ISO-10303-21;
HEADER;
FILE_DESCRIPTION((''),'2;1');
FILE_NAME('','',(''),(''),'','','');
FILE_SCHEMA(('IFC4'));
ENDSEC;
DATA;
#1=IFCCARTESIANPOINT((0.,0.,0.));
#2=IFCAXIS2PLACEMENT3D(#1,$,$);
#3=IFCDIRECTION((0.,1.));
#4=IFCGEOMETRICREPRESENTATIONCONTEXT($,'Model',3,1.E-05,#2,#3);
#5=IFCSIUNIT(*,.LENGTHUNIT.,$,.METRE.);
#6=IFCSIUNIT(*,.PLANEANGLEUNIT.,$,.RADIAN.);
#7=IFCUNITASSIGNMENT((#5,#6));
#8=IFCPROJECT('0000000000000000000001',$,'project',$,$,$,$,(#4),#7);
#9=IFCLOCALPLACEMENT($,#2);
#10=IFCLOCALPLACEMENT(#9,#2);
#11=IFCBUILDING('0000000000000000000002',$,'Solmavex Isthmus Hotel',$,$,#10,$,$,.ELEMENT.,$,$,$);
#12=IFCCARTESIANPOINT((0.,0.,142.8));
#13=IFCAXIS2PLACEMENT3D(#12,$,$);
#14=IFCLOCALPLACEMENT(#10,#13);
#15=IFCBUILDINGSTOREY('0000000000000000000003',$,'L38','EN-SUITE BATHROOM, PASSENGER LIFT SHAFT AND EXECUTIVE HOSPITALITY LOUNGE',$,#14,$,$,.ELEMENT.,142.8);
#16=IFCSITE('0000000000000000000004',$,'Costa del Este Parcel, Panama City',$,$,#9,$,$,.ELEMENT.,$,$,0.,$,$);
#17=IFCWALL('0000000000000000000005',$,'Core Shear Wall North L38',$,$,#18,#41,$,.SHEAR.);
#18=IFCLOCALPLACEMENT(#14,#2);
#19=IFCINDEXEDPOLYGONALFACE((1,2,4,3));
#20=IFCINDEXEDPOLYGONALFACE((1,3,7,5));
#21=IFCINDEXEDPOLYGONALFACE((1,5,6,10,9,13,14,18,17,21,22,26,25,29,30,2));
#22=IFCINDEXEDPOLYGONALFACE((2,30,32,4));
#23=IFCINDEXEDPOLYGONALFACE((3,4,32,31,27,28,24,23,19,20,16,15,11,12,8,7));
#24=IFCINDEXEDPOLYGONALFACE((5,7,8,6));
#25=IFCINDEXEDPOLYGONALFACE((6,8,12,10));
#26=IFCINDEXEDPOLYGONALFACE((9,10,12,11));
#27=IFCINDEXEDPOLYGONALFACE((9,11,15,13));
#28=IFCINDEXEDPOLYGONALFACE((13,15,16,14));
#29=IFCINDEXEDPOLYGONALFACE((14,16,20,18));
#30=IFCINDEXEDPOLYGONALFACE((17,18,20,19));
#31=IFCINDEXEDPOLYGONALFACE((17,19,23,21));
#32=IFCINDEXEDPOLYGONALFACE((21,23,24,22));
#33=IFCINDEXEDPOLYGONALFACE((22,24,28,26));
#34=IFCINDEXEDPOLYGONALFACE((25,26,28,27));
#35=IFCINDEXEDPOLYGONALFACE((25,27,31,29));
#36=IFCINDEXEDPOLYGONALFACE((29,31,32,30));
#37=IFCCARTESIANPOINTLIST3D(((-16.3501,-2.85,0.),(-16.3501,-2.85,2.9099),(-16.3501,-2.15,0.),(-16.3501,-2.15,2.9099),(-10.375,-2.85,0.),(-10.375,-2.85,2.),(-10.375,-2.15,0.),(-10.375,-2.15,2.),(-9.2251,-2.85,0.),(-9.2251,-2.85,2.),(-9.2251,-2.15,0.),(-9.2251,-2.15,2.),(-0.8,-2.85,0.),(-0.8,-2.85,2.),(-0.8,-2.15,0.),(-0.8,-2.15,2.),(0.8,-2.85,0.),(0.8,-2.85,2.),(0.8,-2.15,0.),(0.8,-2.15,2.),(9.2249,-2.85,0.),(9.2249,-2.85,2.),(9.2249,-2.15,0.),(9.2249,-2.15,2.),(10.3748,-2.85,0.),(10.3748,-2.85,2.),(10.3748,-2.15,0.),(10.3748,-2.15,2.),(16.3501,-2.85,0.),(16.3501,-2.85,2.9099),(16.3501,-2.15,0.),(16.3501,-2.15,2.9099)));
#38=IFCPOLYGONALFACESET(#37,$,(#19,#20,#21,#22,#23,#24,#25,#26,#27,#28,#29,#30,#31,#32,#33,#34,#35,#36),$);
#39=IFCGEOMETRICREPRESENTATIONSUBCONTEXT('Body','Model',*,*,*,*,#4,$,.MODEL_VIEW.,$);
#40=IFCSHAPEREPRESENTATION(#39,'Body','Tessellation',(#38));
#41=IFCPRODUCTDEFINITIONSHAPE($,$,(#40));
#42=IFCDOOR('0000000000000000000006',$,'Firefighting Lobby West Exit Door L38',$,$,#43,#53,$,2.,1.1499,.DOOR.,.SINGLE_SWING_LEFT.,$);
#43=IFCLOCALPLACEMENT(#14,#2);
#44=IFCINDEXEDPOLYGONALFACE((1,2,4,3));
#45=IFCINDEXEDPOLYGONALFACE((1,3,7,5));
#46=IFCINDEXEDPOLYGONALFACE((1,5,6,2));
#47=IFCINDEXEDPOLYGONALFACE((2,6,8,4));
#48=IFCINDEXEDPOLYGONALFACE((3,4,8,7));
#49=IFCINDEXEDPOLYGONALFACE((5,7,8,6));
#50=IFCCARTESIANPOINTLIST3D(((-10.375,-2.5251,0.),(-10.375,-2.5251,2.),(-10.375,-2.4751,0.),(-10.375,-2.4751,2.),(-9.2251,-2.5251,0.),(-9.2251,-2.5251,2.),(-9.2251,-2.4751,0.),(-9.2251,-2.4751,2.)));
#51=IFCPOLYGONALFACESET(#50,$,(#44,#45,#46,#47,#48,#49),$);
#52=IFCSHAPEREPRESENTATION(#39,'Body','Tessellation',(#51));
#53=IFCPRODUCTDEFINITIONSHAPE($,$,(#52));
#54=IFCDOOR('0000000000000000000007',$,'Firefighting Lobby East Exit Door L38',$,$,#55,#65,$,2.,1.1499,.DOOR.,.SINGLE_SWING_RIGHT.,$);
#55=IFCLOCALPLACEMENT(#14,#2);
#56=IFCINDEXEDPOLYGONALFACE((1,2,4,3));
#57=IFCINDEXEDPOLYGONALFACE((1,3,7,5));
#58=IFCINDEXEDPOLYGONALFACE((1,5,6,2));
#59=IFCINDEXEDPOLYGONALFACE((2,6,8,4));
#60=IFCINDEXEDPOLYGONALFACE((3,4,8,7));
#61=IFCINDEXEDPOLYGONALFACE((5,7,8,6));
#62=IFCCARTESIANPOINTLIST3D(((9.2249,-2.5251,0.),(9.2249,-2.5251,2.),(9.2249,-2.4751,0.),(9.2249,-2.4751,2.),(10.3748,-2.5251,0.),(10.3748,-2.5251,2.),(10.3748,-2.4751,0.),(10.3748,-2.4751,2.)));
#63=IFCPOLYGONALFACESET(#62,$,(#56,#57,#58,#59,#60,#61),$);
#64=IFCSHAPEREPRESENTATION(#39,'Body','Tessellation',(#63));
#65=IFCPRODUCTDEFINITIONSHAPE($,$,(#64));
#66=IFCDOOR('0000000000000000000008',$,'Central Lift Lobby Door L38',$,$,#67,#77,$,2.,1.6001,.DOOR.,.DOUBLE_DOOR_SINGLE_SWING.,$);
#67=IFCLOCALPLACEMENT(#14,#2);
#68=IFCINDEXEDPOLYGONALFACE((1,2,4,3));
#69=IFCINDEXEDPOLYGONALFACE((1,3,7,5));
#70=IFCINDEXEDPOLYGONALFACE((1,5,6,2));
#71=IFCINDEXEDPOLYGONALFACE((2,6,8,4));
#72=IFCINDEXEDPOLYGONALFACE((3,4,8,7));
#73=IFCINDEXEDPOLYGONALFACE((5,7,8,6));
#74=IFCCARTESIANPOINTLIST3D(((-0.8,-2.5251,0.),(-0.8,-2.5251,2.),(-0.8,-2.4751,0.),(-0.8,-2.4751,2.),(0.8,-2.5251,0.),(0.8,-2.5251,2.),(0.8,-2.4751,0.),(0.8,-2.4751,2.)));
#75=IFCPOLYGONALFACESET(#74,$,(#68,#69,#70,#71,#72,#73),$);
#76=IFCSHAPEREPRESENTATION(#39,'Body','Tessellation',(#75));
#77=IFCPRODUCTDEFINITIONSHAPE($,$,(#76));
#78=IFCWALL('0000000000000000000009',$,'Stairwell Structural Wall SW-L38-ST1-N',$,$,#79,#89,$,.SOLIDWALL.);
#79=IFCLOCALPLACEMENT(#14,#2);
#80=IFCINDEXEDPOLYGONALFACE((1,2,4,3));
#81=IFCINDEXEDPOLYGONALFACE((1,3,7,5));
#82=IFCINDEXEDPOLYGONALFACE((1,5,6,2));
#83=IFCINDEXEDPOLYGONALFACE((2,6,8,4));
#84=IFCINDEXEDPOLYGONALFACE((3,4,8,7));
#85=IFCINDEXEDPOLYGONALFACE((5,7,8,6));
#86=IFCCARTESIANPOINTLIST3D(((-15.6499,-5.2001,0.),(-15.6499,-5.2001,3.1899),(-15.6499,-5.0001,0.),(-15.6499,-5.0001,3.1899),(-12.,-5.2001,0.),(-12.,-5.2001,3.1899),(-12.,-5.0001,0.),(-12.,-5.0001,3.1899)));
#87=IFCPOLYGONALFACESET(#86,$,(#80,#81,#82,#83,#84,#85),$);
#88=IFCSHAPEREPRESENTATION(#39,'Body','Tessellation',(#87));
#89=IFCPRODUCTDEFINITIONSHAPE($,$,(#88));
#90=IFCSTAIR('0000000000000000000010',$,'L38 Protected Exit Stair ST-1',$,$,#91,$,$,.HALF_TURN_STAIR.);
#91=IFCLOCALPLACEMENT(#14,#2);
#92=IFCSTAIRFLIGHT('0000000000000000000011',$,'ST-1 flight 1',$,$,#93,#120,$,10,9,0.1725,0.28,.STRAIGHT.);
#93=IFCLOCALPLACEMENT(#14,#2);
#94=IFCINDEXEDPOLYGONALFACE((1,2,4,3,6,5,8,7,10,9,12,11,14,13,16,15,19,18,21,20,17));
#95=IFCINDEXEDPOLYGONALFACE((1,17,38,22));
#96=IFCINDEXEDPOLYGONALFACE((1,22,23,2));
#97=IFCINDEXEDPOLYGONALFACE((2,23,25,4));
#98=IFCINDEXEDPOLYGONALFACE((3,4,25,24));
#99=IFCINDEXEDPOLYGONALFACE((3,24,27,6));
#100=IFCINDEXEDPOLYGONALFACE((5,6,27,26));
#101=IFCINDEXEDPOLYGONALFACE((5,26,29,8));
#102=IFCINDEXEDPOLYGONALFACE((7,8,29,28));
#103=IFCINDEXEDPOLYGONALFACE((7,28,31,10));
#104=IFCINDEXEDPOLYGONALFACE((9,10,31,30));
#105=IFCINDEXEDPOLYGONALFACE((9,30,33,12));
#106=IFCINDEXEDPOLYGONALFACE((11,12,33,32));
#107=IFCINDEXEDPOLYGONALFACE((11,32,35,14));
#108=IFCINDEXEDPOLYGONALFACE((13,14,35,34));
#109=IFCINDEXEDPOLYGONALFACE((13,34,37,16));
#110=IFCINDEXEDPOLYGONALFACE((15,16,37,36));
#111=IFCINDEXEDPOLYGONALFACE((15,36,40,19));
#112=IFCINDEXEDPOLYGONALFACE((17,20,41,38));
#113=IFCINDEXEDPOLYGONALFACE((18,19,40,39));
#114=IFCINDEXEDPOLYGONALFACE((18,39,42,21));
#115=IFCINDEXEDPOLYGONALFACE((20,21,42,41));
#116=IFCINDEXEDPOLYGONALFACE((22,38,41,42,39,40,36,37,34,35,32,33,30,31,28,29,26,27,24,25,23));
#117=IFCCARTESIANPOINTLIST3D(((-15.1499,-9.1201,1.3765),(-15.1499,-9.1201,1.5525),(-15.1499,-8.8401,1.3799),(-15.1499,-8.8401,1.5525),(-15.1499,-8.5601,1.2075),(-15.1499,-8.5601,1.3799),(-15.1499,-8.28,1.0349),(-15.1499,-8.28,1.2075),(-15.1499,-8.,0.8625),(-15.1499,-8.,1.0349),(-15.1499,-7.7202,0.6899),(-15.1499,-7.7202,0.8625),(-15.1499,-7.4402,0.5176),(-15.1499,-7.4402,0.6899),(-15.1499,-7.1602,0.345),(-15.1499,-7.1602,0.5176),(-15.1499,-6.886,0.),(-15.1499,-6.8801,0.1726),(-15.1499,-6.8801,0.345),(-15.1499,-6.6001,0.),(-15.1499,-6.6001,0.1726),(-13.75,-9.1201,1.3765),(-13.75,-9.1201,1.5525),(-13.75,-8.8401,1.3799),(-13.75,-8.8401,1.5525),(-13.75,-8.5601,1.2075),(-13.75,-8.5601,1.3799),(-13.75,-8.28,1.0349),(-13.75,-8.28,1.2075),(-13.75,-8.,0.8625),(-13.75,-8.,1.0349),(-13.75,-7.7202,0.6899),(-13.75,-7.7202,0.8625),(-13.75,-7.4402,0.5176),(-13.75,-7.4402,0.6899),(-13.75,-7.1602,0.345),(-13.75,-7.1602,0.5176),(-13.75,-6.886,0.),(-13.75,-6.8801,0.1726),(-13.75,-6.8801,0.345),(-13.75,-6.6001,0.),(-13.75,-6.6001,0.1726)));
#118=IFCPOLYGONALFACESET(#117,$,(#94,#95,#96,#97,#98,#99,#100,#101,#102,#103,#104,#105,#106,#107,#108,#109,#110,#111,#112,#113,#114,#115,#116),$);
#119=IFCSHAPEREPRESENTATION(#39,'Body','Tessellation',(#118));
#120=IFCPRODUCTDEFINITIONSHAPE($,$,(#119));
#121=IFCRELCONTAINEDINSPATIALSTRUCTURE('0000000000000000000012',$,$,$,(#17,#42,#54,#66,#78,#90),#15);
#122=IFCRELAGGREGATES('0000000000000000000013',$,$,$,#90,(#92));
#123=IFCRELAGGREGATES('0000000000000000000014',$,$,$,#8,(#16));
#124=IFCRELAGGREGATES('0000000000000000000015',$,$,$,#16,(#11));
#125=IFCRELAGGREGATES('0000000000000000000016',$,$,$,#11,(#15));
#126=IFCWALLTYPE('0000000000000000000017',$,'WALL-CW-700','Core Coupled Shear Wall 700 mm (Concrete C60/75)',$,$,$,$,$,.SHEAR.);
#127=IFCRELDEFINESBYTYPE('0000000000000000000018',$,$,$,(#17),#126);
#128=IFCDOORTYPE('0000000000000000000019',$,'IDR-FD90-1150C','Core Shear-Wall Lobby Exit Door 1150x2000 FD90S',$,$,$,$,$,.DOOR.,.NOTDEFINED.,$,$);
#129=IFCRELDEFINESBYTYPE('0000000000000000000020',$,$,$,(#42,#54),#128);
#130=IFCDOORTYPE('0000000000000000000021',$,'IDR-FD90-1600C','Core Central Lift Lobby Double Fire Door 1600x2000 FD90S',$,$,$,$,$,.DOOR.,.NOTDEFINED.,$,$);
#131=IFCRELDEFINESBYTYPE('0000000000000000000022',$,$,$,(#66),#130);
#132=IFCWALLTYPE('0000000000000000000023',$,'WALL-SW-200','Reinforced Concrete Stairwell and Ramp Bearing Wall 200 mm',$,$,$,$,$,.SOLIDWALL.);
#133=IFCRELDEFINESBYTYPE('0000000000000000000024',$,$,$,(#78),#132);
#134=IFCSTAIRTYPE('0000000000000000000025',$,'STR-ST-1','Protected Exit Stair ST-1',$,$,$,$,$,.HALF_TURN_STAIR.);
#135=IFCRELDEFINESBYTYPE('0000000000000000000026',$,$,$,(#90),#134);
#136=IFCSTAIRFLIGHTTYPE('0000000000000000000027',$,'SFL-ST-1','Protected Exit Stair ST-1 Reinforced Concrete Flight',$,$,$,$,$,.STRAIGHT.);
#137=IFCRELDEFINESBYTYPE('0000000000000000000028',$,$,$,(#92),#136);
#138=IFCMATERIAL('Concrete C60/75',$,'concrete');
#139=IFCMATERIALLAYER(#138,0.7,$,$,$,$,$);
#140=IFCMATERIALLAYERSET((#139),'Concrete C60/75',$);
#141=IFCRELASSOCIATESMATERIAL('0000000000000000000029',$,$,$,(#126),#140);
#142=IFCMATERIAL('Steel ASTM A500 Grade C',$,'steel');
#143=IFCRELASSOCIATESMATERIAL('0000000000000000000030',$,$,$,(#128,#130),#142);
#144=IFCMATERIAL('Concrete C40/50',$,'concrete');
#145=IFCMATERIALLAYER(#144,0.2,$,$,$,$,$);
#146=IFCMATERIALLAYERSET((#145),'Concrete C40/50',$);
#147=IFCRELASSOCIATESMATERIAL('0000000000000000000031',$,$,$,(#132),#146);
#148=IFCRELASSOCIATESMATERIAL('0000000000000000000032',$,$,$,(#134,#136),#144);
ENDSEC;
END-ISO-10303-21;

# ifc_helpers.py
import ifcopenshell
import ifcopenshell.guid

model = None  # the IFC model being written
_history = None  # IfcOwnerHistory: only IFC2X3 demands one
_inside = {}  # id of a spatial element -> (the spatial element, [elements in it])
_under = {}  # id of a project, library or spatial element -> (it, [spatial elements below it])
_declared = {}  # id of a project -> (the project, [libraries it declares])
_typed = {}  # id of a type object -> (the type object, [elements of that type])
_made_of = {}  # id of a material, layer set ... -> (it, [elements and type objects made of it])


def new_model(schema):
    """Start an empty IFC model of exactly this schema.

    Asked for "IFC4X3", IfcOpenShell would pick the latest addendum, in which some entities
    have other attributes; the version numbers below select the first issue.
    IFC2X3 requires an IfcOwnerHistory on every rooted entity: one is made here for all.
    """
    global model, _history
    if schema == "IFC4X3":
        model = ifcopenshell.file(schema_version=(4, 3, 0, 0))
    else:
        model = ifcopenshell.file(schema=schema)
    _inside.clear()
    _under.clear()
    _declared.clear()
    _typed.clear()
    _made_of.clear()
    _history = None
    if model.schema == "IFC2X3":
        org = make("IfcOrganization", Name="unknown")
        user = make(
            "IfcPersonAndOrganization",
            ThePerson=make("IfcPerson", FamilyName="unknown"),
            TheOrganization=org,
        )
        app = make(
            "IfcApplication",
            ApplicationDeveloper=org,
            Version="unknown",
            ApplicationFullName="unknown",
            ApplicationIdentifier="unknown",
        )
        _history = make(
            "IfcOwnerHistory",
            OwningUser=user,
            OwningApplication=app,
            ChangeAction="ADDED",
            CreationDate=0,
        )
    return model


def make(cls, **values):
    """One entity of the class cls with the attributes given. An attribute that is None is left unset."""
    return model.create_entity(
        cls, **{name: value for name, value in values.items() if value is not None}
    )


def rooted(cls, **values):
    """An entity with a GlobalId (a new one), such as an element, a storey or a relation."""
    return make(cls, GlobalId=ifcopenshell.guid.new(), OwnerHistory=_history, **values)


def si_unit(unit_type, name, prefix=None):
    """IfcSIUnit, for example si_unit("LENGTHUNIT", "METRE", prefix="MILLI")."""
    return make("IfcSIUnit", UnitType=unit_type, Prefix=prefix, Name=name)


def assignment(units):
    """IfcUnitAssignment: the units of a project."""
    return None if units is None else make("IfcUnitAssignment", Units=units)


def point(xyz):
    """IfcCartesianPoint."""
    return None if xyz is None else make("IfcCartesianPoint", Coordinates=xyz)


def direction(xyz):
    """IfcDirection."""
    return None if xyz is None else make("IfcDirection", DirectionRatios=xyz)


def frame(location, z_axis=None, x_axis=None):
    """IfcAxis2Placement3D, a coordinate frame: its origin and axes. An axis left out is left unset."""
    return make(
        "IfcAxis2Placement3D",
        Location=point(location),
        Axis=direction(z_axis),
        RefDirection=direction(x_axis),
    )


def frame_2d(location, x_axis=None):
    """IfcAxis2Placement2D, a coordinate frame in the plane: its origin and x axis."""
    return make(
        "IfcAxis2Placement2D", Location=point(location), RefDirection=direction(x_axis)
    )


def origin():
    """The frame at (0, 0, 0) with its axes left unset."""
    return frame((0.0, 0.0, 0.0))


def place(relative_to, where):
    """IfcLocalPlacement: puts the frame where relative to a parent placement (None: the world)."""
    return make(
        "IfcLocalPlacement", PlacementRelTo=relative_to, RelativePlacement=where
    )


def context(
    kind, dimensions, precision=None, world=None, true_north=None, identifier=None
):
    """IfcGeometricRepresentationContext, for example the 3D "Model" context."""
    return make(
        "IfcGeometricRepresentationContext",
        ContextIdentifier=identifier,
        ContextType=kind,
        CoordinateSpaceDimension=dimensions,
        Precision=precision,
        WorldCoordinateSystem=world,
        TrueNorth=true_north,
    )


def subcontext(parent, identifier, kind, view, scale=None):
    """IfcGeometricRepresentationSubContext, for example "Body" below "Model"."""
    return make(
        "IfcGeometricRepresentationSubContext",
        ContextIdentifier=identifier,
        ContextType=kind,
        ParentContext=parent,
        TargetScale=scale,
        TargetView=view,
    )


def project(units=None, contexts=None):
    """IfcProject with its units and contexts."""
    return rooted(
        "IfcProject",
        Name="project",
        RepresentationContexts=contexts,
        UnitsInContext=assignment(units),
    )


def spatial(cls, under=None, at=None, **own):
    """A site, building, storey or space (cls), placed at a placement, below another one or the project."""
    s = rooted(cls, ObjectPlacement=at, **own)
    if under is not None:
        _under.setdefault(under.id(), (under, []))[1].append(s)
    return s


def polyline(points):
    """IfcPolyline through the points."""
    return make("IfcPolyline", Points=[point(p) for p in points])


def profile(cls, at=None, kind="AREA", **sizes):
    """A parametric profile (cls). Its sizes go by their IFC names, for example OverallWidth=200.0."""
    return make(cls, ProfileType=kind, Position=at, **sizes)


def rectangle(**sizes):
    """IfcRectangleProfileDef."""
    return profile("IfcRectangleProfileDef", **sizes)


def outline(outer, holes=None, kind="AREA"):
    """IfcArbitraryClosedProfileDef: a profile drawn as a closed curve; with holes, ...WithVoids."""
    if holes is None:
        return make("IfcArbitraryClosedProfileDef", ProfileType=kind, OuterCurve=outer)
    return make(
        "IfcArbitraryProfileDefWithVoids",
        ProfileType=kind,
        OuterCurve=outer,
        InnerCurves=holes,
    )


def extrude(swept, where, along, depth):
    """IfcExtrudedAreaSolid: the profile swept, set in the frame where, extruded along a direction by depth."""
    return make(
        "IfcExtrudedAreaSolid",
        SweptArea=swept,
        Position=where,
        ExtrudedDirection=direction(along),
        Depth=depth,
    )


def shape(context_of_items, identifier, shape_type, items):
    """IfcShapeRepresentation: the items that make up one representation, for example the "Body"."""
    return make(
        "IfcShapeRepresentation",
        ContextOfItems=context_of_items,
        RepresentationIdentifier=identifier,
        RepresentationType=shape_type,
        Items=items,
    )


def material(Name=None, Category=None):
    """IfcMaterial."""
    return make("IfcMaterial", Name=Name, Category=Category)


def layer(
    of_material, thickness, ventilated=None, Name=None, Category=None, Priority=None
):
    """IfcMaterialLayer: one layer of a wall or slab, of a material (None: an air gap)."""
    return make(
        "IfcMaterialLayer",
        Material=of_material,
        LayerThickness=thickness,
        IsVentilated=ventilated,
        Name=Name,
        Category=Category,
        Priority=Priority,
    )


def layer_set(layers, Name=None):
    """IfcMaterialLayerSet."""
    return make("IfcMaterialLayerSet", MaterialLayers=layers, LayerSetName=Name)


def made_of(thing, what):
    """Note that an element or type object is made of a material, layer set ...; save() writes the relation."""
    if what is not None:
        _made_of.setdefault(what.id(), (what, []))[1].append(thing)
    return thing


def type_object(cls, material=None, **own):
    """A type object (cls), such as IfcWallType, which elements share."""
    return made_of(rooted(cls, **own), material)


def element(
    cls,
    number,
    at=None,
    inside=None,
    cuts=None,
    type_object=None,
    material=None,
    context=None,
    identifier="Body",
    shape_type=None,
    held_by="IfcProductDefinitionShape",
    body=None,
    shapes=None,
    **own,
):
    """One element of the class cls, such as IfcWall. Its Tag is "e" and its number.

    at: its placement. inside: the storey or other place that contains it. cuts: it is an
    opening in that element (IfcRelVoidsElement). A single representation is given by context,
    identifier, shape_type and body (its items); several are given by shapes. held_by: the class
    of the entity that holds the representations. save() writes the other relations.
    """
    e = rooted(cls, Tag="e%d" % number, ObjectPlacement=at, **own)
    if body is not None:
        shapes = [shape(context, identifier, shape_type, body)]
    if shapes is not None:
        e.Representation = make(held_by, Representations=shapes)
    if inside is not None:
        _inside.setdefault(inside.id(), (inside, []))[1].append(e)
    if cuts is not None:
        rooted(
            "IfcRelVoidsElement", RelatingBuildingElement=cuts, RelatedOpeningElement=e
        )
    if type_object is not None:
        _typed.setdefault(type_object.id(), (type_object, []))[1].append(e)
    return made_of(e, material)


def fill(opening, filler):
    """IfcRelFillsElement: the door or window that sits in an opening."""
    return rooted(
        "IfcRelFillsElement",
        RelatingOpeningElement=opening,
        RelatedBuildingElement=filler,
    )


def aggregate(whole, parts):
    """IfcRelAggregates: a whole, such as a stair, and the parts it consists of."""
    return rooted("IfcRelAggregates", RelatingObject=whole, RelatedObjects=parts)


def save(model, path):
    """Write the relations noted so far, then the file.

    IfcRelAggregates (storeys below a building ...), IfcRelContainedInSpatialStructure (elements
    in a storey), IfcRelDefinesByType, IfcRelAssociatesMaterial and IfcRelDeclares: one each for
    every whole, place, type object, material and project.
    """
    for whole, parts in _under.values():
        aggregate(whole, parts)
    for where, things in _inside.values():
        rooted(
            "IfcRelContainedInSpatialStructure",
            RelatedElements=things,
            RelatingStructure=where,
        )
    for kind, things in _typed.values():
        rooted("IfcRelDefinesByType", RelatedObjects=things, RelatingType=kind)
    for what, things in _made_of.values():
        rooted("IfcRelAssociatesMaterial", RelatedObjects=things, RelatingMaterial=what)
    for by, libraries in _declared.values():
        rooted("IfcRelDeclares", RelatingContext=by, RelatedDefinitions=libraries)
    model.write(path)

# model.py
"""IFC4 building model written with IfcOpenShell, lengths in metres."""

from ifc_helpers import new_model, si_unit, direction, frame, frame_2d, origin, place, context, subcontext, project, spatial, polyline, rectangle, outline, extrude, material, layer, layer_set, type_object, element, fill, aggregate, save


model = new_model("IFC4")

# Units and contexts
model_context = context("Model", 3, precision=1e-05, world=origin(), true_north=direction((0.0, 1.0)))
body_context = subcontext(model_context, "Body", "Model", "MODEL_VIEW")
ifc_project = project(units=[si_unit("LENGTHUNIT", "METRE"), si_unit("PLANEANGLEUNIT", "RADIAN")], contexts=[model_context])

# Site, building, storey
site_placement = place(None, origin())
site = spatial("IfcSite", under=ifc_project, at=site_placement, Name="Costa del Este Parcel, Panama City", CompositionType="ELEMENT", RefElevation=0.0)
building_placement = place(site_placement, origin())
building = spatial("IfcBuilding", under=site, at=building_placement, Name="Solmavex Isthmus Hotel", CompositionType="ELEMENT")
storey_placement = place(building_placement, frame((0.0, 0.0, 142.8)))
storey = spatial("IfcBuildingStorey", under=building, at=storey_placement, Name="L38", Description="EN-SUITE BATHROOM, PASSENGER LIFT SHAFT AND EXECUTIVE HOSPITALITY LOUNGE", CompositionType="ELEMENT", Elevation=142.8)

# Shared definitions
ifc_material_1 = material(Name="Concrete C60/75", Category="concrete")

# Wall, openings, doors
ifc_layer_1 = layer(ifc_material_1, 0.7)
ifc_layer_set_1 = layer_set([ifc_layer_1], Name="Concrete C60/75")
wall_type_1 = type_object("IfcWallType", Name="WALL-CW-700", Description="Core Coupled Shear Wall 700 mm (Concrete C60/75)", PredefinedType="SHEAR", material=ifc_layer_set_1)
wall_1_placement = place(storey_placement, frame((-16.3501, -2.5, 0.0), z_axis=(0.0, 0.0, 1.0), x_axis=(1.0, 0.0, 0.0)))
wall_1 = element("IfcWall", 1, at=wall_1_placement, inside=storey, type_object=wall_type_1, Name="Core Shear Wall North L38", PredefinedType="SHEAR", context=body_context, shape_type="SweptSolid", body=[
    extrude(rectangle(XDim=32.7002, YDim=0.7, at=frame_2d((16.3501, 0.0))), origin(), (0.0, 0.0, 1.0), 2.9099),
])
opening_1_placement = place(wall_1_placement, frame((5.9751, 0.0, 0.0)))
opening_1 = element("IfcOpeningElement", 2, at=opening_1_placement, cuts=wall_1, PredefinedType="OPENING", context=body_context, shape_type="SweptSolid", body=[
    extrude(rectangle(XDim=1.1499, YDim=2.0, at=frame_2d((0.575, 1.0))), frame((0.0, 0.3599, 0.0), z_axis=(0.0, -1.0, 0.0), x_axis=(1.0, 0.0, 0.0)), (0.0, 0.0, 1.0), 0.72),
])
opening_2_placement = place(wall_1_placement, frame((15.55, 0.0, 0.0)))
opening_2 = element("IfcOpeningElement", 3, at=opening_2_placement, cuts=wall_1, PredefinedType="OPENING", context=body_context, shape_type="SweptSolid", body=[
    extrude(rectangle(XDim=1.6001, YDim=2.0, at=frame_2d((0.8, 1.0))), frame((0.0, 0.3599, 0.0), z_axis=(0.0, -1.0, 0.0), x_axis=(1.0, 0.0, 0.0)), (0.0, 0.0, 1.0), 0.72),
])
opening_3_placement = place(wall_1_placement, frame((25.575, 0.0, 0.0)))
opening_3 = element("IfcOpeningElement", 4, at=opening_3_placement, cuts=wall_1, PredefinedType="OPENING", context=body_context, shape_type="SweptSolid", body=[
    extrude(rectangle(XDim=1.1499, YDim=2.0, at=frame_2d((0.575, 1.0))), frame((0.0, 0.3599, 0.0), z_axis=(0.0, -1.0, 0.0), x_axis=(1.0, 0.0, 0.0)), (0.0, 0.0, 1.0), 0.72),
])
ifc_material_2 = material(Name="Steel ASTM A500 Grade C", Category="steel")
door_type_1 = type_object("IfcDoorType", Name="IDR-FD90-1150C", Description="Core Shear-Wall Lobby Exit Door 1150x2000 FD90S", OperationType="NOTDEFINED", PredefinedType="DOOR", material=ifc_material_2)
door_1_placement = place(opening_1_placement, origin())
door_1 = element("IfcDoor", 5, at=door_1_placement, inside=storey, type_object=door_type_1, Name="Firefighting Lobby West Exit Door L38", OperationType="SINGLE_SWING_LEFT", OverallHeight=2.0, OverallWidth=1.1499, PredefinedType="DOOR", context=body_context, shape_type="SweptSolid", body=[
    extrude(rectangle(XDim=1.1499, YDim=2.0, at=frame_2d((0.575, 1.0))), frame((0.0, 0.0249, 0.0), z_axis=(0.0, -1.0, 0.0), x_axis=(1.0, 0.0, 0.0)), (0.0, 0.0, 1.0), 0.05),
])
fill(opening_1, door_1)
door_2_placement = place(opening_3_placement, origin())
door_2 = element("IfcDoor", 6, at=door_2_placement, inside=storey, type_object=door_type_1, Name="Firefighting Lobby East Exit Door L38", OperationType="SINGLE_SWING_RIGHT", OverallHeight=2.0, OverallWidth=1.1499, PredefinedType="DOOR", context=body_context, shape_type="SweptSolid", body=[
    extrude(rectangle(XDim=1.1499, YDim=2.0, at=frame_2d((0.575, 1.0))), frame((0.0, 0.0249, 0.0), z_axis=(0.0, -1.0, 0.0), x_axis=(1.0, 0.0, 0.0)), (0.0, 0.0, 1.0), 0.05),
])
fill(opening_3, door_2)
door_type_2 = type_object("IfcDoorType", Name="IDR-FD90-1600C", Description="Core Central Lift Lobby Double Fire Door 1600x2000 FD90S", OperationType="NOTDEFINED", PredefinedType="DOOR", material=ifc_material_2)
door_3_placement = place(opening_2_placement, origin())
door_3 = element("IfcDoor", 7, at=door_3_placement, inside=storey, type_object=door_type_2, Name="Central Lift Lobby Door L38", OperationType="DOUBLE_DOOR_SINGLE_SWING", OverallHeight=2.0, OverallWidth=1.6001, PredefinedType="DOOR", context=body_context, shape_type="SweptSolid", body=[
    extrude(rectangle(XDim=1.6001, YDim=2.0, at=frame_2d((0.8, 1.0))), frame((0.0, 0.0249, 0.0), z_axis=(0.0, -1.0, 0.0), x_axis=(1.0, 0.0, 0.0)), (0.0, 0.0, 1.0), 0.05),
])
fill(opening_2, door_3)

# Wall
ifc_material_3 = material(Name="Concrete C40/50", Category="concrete")
ifc_layer_2 = layer(ifc_material_3, 0.2)
ifc_layer_set_2 = layer_set([ifc_layer_2], Name="Concrete C40/50")
wall_type_2 = type_object("IfcWallType", Name="WALL-SW-200", Description="Reinforced Concrete Stairwell and Ramp Bearing Wall 200 mm", PredefinedType="SOLIDWALL", material=ifc_layer_set_2)
wall_2_placement = place(storey_placement, frame((-15.6499, -5.1001, 0.0), z_axis=(0.0, 0.0, 1.0), x_axis=(1.0, 0.0, 0.0)))
element("IfcWall", 8, at=wall_2_placement, inside=storey, type_object=wall_type_2, Name="Stairwell Structural Wall SW-L38-ST1-N", PredefinedType="SOLIDWALL", context=body_context, shape_type="SweptSolid", body=[
    extrude(rectangle(XDim=3.6499, YDim=0.2, at=frame_2d((1.825, 0.0))), origin(), (0.0, 0.0, 1.0), 3.1899),
])

# Stair, stair flight
stair_type = type_object("IfcStairType", Name="STR-ST-1", Description="Protected Exit Stair ST-1", PredefinedType="HALF_TURN_STAIR", material=ifc_material_3)
stair_placement = place(storey_placement, origin())
stair = element("IfcStair", 9, at=stair_placement, inside=storey, type_object=stair_type, Name="L38 Protected Exit Stair ST-1", PredefinedType="HALF_TURN_STAIR")
stair_flight_type = type_object("IfcStairFlightType", Name="SFL-ST-1", Description="Protected Exit Stair ST-1 Reinforced Concrete Flight", PredefinedType="STRAIGHT", material=ifc_material_3)
stair_flight_placement = place(storey_placement, frame((-14.45, -6.6001, 0.0), z_axis=(0.0, 0.0, 1.0), x_axis=(0.0, -1.0, 0.0)))
stair_flight = element("IfcStairFlight", 10, at=stair_flight_placement, type_object=stair_flight_type, Name="ST-1 flight 1", NumberOfRisers=10, NumberOfTreads=9, PredefinedType="STRAIGHT", RiserHeight=0.1725, TreadLength=0.28, context=body_context, shape_type="SweptSolid", body=[
    extrude(outline(polyline([(0.0, 0.0), (0.0, 0.1726), (0.28, 0.1726), (0.28, 0.345), (0.5601, 0.345), (0.5601, 0.5176), (0.8401, 0.5176), (0.8401, 0.6899), (1.1201, 0.6899), (1.1201, 0.8625), (1.3999, 0.8625), (1.3999, 1.0349), (1.6799, 1.0349), (1.6799, 1.2075), (1.96, 1.2075), (1.96, 1.3799), (2.24, 1.3799), (2.24, 1.5525), (2.52, 1.5525), (2.52, 1.7251), (2.52, 1.3765), (0.2859, 0.0), (0.0, 0.0)])), frame((0.0, 0.7, 0.0), z_axis=(0.0, -1.0, 0.0), x_axis=(1.0, 0.0, 0.0)), (0.0, 0.0, 1.0), 1.3999),
])
aggregate(stair, [stair_flight])

save(model, "model.ifc")
